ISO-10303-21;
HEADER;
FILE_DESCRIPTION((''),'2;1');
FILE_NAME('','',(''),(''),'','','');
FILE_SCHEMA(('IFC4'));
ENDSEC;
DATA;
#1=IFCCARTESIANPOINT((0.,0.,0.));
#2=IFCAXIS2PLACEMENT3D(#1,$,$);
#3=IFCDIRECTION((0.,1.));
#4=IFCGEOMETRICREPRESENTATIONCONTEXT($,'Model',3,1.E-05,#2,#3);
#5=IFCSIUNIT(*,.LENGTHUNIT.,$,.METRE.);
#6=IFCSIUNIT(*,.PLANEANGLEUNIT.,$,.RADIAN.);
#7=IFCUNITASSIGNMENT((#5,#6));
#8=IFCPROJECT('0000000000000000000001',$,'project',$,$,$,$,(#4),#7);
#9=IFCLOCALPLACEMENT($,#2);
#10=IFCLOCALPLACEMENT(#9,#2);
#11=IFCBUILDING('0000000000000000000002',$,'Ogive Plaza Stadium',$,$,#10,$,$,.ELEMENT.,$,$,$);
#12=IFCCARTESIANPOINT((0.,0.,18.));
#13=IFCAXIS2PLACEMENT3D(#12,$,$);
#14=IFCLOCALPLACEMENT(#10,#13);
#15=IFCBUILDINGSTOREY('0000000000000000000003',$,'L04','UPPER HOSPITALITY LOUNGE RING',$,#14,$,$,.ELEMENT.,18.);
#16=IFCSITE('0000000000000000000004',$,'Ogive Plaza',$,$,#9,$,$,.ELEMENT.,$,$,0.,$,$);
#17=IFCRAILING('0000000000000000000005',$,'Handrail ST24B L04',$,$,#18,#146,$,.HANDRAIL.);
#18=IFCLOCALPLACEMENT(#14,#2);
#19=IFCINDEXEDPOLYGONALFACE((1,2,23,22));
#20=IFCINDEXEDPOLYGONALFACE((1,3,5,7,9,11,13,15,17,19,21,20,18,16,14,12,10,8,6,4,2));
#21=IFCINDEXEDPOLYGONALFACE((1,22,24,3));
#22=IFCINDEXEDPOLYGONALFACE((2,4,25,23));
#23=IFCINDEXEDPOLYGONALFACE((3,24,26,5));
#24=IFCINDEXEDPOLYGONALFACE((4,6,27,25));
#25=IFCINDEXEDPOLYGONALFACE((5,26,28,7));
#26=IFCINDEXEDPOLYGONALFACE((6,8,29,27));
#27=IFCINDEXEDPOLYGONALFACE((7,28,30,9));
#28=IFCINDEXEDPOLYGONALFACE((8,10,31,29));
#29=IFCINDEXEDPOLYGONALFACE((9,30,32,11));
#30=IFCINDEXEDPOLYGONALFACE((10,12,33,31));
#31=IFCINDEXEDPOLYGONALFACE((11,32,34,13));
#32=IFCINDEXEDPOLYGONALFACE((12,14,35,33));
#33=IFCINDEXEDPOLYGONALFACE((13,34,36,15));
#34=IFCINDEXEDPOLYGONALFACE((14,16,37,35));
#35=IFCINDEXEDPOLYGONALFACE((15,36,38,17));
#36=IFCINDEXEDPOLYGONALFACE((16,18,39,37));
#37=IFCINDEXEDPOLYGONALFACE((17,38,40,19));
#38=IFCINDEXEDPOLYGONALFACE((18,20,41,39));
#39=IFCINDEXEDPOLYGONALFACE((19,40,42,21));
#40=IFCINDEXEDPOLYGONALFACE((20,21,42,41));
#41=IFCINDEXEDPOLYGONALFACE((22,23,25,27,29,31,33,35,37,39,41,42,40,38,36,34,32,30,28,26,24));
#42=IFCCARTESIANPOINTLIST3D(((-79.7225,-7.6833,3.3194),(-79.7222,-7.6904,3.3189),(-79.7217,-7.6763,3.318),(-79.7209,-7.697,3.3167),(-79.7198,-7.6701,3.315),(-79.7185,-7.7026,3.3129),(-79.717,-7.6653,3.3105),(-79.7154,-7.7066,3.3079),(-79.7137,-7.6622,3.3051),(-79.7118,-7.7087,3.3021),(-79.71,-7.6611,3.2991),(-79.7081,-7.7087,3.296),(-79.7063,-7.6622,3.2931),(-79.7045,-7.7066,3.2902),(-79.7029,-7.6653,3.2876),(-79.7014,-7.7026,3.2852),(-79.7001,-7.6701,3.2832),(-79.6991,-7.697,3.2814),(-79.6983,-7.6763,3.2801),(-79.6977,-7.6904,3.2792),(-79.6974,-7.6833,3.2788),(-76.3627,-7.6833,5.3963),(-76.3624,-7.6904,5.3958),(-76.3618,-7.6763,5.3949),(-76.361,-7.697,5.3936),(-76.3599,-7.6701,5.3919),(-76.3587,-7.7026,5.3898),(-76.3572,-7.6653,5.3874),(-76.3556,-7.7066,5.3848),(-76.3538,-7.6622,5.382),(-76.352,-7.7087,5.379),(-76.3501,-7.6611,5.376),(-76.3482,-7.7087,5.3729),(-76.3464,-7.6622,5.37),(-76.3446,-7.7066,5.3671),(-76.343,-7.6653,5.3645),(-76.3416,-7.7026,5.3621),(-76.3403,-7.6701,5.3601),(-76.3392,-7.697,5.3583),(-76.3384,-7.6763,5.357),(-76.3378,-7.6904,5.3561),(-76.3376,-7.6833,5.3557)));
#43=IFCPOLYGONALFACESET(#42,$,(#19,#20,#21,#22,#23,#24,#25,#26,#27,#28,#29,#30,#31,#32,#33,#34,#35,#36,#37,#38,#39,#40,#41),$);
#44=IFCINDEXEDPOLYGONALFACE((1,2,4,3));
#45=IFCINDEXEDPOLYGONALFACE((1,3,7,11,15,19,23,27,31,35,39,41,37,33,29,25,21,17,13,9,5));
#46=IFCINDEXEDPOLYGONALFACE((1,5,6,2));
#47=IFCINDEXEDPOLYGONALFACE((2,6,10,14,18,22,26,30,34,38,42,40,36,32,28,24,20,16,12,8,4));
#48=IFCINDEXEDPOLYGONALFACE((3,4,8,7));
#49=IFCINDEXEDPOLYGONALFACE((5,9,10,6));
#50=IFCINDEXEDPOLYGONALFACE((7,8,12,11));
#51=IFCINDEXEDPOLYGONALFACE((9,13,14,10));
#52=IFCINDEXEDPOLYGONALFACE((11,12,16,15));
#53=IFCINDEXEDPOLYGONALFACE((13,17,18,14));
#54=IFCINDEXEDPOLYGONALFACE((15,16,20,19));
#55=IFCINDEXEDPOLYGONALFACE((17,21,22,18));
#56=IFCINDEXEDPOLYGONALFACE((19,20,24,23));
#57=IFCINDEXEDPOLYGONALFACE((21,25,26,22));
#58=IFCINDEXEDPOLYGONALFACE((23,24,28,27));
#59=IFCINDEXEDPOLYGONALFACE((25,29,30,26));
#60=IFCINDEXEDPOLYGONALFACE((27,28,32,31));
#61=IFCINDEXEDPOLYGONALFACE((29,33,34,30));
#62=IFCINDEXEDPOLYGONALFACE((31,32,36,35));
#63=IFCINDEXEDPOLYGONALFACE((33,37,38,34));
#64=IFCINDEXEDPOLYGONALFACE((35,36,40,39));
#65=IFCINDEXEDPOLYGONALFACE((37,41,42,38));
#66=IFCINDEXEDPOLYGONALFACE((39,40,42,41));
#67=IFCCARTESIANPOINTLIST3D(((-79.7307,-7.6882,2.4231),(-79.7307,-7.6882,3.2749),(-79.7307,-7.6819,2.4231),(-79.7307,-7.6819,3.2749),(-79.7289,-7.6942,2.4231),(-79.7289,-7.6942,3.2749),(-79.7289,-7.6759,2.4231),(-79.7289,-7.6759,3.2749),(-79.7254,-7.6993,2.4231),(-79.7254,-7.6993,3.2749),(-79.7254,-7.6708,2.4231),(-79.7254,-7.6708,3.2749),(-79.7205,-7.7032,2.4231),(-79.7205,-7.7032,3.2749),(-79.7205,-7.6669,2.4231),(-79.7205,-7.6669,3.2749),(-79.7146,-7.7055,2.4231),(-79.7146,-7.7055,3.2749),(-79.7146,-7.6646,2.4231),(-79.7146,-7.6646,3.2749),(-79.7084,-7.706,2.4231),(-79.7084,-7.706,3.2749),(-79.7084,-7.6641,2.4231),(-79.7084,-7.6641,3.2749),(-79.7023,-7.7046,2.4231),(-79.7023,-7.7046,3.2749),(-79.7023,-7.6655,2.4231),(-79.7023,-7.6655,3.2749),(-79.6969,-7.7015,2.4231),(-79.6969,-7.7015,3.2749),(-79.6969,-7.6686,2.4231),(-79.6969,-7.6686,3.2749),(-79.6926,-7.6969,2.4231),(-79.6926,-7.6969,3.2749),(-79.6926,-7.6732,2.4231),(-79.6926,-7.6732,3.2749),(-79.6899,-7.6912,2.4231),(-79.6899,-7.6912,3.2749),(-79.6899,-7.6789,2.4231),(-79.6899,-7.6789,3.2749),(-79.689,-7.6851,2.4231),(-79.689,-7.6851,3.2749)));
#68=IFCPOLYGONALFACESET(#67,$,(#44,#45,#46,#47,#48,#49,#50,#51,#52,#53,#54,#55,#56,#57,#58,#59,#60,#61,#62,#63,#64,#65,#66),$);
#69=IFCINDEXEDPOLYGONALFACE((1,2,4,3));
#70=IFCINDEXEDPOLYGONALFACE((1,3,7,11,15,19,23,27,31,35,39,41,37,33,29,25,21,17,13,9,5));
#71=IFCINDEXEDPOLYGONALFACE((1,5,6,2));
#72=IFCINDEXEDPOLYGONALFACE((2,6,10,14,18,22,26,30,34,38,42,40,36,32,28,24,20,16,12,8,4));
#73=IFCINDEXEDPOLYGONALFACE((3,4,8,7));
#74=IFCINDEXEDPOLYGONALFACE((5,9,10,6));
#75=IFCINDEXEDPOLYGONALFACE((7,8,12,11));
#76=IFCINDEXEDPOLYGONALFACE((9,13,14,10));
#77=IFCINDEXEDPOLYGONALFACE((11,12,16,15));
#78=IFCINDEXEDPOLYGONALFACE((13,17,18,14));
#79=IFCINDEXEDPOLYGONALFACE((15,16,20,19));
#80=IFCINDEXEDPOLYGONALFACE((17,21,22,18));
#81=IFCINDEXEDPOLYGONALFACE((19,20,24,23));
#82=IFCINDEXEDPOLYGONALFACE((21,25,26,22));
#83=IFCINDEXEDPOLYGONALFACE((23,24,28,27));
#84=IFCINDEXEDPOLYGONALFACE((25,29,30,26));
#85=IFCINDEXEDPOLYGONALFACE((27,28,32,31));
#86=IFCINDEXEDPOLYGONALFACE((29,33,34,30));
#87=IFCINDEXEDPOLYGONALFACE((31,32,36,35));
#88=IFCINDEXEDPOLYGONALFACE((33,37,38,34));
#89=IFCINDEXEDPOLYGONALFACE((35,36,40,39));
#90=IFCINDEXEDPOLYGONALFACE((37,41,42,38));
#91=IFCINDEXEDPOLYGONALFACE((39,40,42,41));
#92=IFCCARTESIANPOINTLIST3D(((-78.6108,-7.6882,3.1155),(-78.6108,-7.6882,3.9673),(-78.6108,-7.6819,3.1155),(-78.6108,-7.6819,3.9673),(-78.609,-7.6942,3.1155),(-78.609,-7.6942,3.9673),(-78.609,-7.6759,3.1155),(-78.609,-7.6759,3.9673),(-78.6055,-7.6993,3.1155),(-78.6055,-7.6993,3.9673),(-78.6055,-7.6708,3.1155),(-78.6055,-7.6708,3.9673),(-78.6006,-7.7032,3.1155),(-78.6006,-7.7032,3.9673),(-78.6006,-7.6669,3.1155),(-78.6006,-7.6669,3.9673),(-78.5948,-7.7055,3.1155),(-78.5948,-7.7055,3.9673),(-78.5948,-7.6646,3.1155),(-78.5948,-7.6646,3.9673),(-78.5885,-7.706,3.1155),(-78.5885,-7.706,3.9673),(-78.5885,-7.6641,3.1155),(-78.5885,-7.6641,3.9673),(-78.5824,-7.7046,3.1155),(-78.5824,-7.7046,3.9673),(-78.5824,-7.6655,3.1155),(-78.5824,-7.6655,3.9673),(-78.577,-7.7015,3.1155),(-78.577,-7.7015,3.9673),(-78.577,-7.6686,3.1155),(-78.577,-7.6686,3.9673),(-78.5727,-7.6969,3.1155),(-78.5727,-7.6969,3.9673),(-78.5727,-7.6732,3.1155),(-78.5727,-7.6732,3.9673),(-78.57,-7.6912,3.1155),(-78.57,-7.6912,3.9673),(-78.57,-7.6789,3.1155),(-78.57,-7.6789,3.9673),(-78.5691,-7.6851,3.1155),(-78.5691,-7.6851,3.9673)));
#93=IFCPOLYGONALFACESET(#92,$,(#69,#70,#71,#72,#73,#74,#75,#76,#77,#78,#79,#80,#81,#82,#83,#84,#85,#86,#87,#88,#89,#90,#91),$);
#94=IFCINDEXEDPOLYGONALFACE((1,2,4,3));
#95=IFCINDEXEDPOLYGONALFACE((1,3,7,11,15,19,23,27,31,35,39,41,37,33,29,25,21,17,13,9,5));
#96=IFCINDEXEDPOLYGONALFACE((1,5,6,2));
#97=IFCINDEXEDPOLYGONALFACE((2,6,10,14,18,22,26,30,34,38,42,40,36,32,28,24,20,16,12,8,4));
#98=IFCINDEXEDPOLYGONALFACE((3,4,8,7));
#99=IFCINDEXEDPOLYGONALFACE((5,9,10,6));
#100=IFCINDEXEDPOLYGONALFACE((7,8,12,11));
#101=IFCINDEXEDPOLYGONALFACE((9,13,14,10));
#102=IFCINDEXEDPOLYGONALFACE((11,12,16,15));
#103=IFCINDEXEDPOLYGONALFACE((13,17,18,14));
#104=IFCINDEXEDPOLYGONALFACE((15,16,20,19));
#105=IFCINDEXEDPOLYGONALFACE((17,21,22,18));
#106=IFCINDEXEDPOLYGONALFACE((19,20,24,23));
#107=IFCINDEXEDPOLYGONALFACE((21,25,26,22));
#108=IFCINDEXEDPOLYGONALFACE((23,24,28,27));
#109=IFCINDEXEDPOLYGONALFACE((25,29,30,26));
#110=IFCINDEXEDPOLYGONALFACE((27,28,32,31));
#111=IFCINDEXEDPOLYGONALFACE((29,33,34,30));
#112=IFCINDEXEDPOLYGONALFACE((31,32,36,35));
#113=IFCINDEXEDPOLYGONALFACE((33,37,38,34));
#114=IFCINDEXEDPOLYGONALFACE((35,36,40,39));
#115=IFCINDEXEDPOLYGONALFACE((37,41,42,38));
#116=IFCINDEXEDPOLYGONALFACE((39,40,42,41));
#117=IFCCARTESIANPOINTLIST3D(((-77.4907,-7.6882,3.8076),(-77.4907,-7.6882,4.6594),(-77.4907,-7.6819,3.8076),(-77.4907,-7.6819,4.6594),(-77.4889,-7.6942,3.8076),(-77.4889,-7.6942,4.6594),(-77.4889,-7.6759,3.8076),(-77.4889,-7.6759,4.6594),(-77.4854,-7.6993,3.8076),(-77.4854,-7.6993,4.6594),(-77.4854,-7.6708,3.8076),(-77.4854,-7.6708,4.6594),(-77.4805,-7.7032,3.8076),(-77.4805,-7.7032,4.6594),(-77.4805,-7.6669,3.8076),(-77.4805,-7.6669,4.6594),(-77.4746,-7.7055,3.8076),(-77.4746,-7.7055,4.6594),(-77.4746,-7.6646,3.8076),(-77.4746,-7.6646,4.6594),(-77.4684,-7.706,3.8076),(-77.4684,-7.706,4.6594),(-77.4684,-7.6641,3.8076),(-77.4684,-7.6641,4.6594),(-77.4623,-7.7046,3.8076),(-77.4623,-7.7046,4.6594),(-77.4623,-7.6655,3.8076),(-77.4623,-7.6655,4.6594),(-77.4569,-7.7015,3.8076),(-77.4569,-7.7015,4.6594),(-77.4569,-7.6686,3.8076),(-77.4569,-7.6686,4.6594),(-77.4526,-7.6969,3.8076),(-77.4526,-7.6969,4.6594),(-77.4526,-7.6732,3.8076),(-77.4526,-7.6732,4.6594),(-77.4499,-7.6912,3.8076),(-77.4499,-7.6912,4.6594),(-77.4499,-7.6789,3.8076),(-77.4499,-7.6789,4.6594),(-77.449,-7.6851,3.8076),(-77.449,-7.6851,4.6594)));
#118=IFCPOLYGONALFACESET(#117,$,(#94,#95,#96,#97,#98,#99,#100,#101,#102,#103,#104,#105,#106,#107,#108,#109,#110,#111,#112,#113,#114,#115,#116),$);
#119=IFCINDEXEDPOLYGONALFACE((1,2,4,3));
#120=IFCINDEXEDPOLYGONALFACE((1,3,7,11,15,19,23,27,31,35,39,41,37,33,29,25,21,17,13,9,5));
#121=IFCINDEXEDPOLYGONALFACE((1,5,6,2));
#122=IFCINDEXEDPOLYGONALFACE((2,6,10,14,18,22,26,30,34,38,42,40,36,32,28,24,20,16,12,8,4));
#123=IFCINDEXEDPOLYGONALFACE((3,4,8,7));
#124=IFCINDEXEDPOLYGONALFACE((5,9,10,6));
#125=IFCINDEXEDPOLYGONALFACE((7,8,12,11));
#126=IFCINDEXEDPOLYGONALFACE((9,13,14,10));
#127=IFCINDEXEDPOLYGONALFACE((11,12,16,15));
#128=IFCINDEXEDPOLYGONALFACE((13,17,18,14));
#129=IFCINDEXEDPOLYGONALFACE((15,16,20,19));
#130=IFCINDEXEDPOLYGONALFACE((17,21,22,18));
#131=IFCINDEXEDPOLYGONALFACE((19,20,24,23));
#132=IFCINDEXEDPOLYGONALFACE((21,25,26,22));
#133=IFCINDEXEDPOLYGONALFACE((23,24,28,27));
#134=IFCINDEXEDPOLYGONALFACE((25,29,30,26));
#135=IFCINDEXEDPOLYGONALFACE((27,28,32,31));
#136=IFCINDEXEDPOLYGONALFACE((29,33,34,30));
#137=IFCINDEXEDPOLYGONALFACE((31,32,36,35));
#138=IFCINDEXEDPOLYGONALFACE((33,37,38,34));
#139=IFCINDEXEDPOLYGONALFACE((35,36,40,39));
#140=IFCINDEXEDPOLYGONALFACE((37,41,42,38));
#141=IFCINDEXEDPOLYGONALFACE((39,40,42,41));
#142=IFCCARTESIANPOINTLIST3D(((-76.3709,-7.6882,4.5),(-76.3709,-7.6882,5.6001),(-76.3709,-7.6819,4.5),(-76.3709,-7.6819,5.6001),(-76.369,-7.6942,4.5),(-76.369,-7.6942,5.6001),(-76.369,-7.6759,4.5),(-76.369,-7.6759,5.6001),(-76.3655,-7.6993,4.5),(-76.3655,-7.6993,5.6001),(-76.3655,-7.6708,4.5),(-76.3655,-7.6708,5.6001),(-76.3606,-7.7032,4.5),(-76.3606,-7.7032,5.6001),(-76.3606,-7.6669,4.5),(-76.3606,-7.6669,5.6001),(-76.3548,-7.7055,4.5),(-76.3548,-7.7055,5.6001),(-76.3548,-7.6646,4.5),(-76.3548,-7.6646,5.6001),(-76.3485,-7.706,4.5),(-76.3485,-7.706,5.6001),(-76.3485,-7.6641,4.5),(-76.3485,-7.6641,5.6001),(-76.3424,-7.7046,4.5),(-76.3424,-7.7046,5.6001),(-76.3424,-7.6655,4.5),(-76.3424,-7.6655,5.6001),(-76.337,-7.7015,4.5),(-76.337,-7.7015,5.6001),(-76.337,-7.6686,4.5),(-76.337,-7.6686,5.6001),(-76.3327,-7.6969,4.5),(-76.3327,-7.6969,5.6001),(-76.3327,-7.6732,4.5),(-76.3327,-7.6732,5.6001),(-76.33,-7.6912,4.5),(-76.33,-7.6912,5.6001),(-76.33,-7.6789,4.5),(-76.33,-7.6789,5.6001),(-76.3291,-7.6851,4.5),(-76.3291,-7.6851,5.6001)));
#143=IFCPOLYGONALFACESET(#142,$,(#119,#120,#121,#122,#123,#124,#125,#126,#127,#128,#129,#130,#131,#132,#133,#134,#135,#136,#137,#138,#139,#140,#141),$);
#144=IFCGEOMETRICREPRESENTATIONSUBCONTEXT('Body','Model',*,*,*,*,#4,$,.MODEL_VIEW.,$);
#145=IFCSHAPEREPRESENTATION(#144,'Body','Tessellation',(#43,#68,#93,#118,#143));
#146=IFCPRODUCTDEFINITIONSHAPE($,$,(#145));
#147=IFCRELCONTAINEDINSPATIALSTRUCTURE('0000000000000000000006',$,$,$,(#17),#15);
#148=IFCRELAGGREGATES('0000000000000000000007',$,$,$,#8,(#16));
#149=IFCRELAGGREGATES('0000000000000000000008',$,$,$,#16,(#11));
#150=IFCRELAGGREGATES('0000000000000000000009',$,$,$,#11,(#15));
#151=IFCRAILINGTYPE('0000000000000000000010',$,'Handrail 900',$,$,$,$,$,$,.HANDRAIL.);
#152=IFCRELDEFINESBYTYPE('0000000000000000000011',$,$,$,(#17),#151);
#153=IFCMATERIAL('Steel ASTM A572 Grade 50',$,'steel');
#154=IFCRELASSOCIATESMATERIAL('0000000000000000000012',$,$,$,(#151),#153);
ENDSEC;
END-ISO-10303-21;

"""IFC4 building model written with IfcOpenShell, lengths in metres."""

from ifc_helpers import new_model, si_unit, direction, frame, origin, origin_2d, place, context, subcontext, project, spatial, circle, extrude, material, type_object, element, save


model = new_model("IFC4")

# Units and contexts
model_context = context("Model", 3, precision=1e-05, world=origin(), true_north=direction((0.0, 1.0)))
body_context = subcontext(model_context, "Body", "Model", "MODEL_VIEW")
ifc_project = project(units=[si_unit("LENGTHUNIT", "METRE"), si_unit("PLANEANGLEUNIT", "RADIAN")], contexts=[model_context])

# Site, building, storey
site_placement = place(None, origin())
site = spatial("IfcSite", under=ifc_project, at=site_placement, Name="Ogive Plaza", CompositionType="ELEMENT", RefElevation=0.0)
building_placement = place(site_placement, origin())
building = spatial("IfcBuilding", under=site, at=building_placement, Name="Ogive Plaza Stadium", CompositionType="ELEMENT")
storey_placement = place(building_placement, frame((0.0, 0.0, 18.0)))
storey = spatial("IfcBuildingStorey", under=building, at=storey_placement, Name="L04", Description="UPPER HOSPITALITY LOUNGE RING", CompositionType="ELEMENT", Elevation=18.0)

# Railing
ifc_material_1 = material(Name="Steel ASTM A572 Grade 50", Category="steel")
railing_type = type_object("IfcRailingType", Name="Handrail 900", PredefinedType="HANDRAIL", material=ifc_material_1)
for number, where, name in (
    (1, (-79.71, -7.6851, 2.4231), "Handrail ST24B L04"),
):
    element("IfcRailing", number, at=place(storey_placement, frame(where)), inside=storey, type_object=railing_type, Name=name, PredefinedType="HANDRAIL", context=body_context, shape_type="SweptSolid", body=[
        extrude(circle(Radius=0.0239, at=origin_2d()), frame((0.0, 0.0, 0.876), z_axis=(0.850606, 0.0, 0.525803), x_axis=(0.0, 1.0, 0.0)), (0.0, 0.0, 1.0), 3.95),
        extrude(circle(Radius=0.021, at=origin_2d()), origin(), (0.0, 0.0, 1.0), 0.8518),
        extrude(circle(Radius=0.021, at=origin_2d()), frame((1.1199, 0.0, 0.6924)), (0.0, 0.0, 1.0), 0.8518),
        extrude(circle(Radius=0.021, at=origin_2d()), frame((2.24, 0.0, 1.3845)), (0.0, 0.0, 1.0), 0.8518),
        extrude(circle(Radius=0.021, at=origin_2d()), frame((3.3599, 0.0, 2.0769)), (0.0, 0.0, 1.0), 1.1001),
    ])

save(model, "model.ifc")
